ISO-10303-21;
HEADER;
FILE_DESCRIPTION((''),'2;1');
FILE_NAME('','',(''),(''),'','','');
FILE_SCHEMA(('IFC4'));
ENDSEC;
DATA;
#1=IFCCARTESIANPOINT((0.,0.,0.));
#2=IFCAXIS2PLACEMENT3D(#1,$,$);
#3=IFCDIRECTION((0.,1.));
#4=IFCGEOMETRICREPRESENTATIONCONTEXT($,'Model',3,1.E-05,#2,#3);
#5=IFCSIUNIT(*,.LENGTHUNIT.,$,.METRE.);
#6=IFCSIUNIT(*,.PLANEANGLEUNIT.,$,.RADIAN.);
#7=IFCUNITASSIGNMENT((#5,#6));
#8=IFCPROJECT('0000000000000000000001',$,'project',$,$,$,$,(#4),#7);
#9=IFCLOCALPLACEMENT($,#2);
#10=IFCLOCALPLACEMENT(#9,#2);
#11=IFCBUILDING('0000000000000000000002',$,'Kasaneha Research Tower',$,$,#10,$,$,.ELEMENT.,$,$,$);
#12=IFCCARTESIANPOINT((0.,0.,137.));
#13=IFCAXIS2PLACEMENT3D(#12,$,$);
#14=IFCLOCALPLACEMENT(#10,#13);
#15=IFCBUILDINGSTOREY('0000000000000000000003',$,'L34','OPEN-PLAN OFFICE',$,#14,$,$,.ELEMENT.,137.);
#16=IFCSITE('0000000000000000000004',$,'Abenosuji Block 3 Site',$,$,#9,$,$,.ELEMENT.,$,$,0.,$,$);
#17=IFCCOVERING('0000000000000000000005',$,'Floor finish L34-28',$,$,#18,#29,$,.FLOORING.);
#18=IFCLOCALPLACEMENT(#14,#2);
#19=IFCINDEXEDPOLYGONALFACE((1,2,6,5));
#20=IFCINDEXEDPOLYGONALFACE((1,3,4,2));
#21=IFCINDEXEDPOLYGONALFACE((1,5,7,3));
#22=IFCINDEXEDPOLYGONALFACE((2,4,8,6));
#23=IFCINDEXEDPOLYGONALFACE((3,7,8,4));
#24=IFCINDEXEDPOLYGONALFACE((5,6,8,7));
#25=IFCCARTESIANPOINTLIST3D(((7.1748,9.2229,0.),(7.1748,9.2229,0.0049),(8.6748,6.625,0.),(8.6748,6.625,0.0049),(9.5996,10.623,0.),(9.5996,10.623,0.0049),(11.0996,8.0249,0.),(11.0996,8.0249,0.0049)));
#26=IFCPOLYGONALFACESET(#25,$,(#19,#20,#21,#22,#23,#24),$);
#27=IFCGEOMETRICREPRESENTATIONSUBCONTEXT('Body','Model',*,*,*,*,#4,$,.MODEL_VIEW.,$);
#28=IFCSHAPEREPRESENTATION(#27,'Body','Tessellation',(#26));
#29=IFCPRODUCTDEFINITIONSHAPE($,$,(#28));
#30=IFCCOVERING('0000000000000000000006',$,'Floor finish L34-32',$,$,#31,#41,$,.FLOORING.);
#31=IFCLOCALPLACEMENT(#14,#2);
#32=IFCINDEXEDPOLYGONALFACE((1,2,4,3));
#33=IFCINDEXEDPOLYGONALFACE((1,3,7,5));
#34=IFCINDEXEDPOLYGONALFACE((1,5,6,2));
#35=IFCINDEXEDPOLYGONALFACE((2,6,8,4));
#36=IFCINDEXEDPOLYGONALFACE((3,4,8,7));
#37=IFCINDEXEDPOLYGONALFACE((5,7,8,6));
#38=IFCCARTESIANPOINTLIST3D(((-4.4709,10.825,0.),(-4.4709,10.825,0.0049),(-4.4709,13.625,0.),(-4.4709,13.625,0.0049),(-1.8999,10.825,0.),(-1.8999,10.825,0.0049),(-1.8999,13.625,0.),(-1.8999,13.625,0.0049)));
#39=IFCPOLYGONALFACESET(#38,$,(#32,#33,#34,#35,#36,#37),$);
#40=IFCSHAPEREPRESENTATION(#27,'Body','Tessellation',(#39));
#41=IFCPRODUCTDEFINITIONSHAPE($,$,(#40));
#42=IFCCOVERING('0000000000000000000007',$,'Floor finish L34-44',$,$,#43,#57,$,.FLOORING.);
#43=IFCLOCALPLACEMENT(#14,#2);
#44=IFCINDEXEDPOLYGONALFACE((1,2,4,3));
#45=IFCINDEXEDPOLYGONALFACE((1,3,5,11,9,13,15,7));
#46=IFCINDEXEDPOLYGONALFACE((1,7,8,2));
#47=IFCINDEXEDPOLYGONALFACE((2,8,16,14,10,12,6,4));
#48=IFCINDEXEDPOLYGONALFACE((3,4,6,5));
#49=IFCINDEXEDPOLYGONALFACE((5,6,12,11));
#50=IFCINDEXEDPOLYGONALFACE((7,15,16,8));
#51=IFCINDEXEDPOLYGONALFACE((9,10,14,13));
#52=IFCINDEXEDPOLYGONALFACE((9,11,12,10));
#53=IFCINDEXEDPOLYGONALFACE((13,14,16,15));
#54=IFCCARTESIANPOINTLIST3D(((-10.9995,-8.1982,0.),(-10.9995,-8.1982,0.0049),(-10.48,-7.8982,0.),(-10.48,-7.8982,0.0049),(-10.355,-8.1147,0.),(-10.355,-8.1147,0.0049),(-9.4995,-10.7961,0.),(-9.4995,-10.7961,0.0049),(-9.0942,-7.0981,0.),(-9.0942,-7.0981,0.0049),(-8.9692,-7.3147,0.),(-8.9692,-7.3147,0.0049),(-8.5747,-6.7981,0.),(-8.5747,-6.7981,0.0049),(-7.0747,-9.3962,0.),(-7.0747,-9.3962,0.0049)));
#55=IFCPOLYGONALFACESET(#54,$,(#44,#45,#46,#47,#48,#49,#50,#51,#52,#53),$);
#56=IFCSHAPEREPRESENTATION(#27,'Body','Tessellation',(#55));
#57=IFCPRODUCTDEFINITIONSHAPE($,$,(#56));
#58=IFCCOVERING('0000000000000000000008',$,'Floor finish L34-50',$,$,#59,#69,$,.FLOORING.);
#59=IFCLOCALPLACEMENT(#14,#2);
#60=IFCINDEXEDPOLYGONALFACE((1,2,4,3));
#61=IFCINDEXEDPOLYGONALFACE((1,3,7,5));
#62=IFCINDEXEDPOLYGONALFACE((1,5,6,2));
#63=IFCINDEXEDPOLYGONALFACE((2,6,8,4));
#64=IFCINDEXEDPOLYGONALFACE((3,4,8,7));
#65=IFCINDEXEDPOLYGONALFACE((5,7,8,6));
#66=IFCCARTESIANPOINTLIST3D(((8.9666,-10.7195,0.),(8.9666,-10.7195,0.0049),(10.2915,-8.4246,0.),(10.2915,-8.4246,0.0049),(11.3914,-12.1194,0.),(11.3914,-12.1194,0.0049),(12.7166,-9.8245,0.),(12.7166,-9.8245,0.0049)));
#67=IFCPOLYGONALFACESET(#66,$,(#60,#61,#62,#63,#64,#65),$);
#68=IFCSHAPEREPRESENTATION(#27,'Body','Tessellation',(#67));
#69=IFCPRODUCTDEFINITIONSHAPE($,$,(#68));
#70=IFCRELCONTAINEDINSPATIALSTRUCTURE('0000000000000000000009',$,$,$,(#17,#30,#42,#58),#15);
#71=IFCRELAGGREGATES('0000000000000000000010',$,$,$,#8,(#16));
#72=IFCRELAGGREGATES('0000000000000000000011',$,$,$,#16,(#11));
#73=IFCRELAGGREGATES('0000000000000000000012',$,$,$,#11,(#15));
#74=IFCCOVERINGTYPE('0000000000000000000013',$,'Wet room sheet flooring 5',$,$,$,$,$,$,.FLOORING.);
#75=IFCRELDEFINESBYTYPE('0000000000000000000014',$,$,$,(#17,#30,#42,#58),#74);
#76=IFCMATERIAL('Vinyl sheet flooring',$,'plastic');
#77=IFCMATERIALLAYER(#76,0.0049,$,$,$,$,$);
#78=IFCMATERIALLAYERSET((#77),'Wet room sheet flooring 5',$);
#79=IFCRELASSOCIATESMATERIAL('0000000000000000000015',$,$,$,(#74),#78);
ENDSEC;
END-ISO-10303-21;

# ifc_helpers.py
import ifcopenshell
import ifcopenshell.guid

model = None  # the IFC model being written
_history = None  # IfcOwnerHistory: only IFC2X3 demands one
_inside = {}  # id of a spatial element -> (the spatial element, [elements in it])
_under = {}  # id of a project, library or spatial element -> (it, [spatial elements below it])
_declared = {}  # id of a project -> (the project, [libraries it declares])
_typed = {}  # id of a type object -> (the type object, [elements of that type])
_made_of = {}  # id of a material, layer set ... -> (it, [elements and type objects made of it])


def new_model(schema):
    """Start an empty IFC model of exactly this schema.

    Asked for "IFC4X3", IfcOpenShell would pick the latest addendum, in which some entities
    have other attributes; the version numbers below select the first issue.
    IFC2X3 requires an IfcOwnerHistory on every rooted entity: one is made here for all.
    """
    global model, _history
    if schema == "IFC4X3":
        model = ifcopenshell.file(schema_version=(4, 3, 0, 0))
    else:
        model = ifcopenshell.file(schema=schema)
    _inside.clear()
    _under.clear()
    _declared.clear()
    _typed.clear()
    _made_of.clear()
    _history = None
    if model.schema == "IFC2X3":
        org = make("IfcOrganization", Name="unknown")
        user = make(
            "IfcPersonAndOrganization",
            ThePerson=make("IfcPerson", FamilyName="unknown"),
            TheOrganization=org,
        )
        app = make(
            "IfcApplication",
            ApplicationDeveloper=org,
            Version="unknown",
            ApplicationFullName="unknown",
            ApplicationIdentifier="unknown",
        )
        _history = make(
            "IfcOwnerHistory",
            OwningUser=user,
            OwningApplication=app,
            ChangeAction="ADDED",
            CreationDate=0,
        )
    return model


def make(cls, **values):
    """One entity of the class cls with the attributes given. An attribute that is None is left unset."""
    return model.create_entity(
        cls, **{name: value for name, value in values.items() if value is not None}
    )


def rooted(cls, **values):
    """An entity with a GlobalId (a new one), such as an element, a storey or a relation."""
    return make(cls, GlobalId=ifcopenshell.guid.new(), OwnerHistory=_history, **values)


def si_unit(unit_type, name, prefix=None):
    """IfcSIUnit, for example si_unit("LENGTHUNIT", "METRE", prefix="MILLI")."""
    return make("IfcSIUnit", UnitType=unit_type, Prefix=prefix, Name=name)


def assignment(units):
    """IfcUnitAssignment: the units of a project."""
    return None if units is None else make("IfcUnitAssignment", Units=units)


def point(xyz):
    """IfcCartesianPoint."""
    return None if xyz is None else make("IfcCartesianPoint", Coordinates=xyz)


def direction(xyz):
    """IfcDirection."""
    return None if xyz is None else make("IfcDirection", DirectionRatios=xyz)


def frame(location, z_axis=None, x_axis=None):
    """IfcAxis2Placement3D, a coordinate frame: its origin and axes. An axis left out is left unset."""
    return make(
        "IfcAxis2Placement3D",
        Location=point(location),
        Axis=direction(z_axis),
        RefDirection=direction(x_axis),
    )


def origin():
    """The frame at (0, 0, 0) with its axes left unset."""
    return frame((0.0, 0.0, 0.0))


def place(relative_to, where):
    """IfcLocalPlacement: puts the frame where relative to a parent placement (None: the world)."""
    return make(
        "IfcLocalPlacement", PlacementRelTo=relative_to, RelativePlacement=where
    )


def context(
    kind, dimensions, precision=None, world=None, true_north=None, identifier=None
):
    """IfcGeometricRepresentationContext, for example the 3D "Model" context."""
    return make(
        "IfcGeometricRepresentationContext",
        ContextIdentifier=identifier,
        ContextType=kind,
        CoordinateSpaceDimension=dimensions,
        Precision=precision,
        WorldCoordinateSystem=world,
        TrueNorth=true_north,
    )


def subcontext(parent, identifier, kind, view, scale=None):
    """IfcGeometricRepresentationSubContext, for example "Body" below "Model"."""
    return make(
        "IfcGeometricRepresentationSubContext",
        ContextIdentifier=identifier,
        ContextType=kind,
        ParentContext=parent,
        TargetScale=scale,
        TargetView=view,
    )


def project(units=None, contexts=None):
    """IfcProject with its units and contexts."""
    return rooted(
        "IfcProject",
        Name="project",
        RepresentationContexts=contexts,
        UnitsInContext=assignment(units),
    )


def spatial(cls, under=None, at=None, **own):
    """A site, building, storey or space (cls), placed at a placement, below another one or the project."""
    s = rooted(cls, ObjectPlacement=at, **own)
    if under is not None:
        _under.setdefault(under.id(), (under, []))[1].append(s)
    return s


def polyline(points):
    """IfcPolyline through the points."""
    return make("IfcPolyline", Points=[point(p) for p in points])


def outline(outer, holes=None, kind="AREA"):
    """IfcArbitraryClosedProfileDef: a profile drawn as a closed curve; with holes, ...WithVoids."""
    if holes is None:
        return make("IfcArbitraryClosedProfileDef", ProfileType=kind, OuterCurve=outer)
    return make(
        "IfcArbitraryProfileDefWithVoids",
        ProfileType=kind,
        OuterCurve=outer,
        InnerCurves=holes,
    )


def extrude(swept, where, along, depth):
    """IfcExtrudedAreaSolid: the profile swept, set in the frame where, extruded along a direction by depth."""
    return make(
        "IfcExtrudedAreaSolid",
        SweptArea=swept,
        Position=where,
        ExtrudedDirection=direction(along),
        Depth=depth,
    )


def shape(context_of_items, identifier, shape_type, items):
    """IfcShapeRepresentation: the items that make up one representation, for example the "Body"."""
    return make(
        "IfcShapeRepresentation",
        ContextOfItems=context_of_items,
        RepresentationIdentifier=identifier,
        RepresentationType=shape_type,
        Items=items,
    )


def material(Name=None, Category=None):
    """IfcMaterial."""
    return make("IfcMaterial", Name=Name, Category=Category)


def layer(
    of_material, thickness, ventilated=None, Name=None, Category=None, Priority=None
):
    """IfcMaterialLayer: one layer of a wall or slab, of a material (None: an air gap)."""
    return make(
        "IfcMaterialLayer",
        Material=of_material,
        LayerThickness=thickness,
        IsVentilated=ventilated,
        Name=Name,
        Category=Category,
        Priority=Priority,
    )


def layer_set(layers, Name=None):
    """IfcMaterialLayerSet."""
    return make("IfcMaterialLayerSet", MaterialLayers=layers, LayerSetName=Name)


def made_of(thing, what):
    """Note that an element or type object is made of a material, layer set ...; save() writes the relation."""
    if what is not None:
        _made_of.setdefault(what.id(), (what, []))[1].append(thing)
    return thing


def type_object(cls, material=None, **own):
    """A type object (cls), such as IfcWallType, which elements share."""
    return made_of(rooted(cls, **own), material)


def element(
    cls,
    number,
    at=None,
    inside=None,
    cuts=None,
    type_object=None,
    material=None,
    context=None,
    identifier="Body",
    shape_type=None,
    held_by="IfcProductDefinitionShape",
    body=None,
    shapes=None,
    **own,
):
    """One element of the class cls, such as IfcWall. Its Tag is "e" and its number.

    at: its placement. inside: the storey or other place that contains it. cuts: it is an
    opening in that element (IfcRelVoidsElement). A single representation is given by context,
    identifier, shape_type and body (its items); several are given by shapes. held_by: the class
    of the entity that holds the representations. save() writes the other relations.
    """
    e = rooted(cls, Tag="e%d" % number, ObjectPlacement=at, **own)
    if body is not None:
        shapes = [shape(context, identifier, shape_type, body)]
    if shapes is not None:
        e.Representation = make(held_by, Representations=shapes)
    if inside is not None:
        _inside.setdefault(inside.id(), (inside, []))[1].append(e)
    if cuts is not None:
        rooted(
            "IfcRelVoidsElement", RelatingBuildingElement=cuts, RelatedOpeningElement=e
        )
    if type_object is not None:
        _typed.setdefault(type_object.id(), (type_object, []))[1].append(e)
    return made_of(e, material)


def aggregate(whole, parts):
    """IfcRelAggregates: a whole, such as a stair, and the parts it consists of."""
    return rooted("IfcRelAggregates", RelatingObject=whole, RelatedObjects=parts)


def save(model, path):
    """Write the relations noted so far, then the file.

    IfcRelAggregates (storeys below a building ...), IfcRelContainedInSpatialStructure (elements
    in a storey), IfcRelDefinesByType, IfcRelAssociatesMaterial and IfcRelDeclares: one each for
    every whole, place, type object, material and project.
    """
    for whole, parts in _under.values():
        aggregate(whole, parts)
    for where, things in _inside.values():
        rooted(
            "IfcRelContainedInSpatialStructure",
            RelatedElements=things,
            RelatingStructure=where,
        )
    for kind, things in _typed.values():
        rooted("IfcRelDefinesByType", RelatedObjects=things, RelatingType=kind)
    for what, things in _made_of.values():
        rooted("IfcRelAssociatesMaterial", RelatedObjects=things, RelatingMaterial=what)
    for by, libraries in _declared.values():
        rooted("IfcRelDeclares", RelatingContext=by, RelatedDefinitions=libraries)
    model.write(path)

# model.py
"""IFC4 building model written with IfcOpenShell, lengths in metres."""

from ifc_helpers import new_model, si_unit, direction, frame, origin, place, context, subcontext, project, spatial, polyline, outline, extrude, material, layer, layer_set, type_object, element, save


model = new_model("IFC4")

# Units and contexts
model_context = context("Model", 3, precision=1e-05, world=origin(), true_north=direction((0.0, 1.0)))
body_context = subcontext(model_context, "Body", "Model", "MODEL_VIEW")
ifc_project = project(units=[si_unit("LENGTHUNIT", "METRE"), si_unit("PLANEANGLEUNIT", "RADIAN")], contexts=[model_context])

# Site, building, storey
site_placement = place(None, origin())
site = spatial("IfcSite", under=ifc_project, at=site_placement, Name="Abenosuji Block 3 Site", CompositionType="ELEMENT", RefElevation=0.0)
building_placement = place(site_placement, origin())
building = spatial("IfcBuilding", under=site, at=building_placement, Name="Kasaneha Research Tower", CompositionType="ELEMENT")
storey_placement = place(building_placement, frame((0.0, 0.0, 137.0)))
storey = spatial("IfcBuildingStorey", under=building, at=storey_placement, Name="L34", Description="OPEN-PLAN OFFICE", CompositionType="ELEMENT", Elevation=137.0)

# Coverings
ifc_material_1 = material(Name="Vinyl sheet flooring", Category="plastic")
ifc_layer_1 = layer(ifc_material_1, 0.0049)
ifc_layer_set_1 = layer_set([ifc_layer_1], Name="Wet room sheet flooring 5")
covering_type_1 = type_object("IfcCoveringType", Name="Wet room sheet flooring 5", PredefinedType="FLOORING", material=ifc_layer_set_1)
covering_1_placement = place(storey_placement, origin())
element("IfcCovering", 1, at=covering_1_placement, inside=storey, type_object=covering_type_1, Name="Floor finish L34-28", PredefinedType="FLOORING", context=body_context, shape_type="SweptSolid", body=[
    extrude(outline(polyline([(11.0996, 8.0249), (8.6748, 6.625), (7.1748, 9.2229), (9.5996, 10.623), (11.0996, 8.0249)])), origin(), (0.0, 0.0, 1.0), 0.0049),
])
covering_2_placement = place(storey_placement, origin())
element("IfcCovering", 2, at=covering_2_placement, inside=storey, type_object=covering_type_1, Name="Floor finish L34-32", PredefinedType="FLOORING", context=body_context, shape_type="SweptSolid", body=[
    extrude(outline(polyline([(-1.8999, 13.625), (-1.8999, 10.825), (-4.4709, 10.825), (-4.4709, 13.625), (-1.8999, 13.625)])), origin(), (0.0, 0.0, 1.0), 0.0049),
])
covering_3_placement = place(storey_placement, origin())
element("IfcCovering", 3, at=covering_3_placement, inside=storey, type_object=covering_type_1, Name="Floor finish L34-44", PredefinedType="FLOORING", context=body_context, shape_type="SweptSolid", body=[
    extrude(outline(polyline([(-10.9995, -8.1982), (-10.48, -7.8982), (-10.355, -8.1147), (-8.9692, -7.3147), (-9.0942, -7.0981), (-8.5747, -6.7981), (-7.0747, -9.3962), (-9.4995, -10.7961), (-10.9995, -8.1982)])), origin(), (0.0, 0.0, 1.0), 0.0049),
])
covering_4_placement = place(storey_placement, origin())
element("IfcCovering", 4, at=covering_4_placement, inside=storey, type_object=covering_type_1, Name="Floor finish L34-50", PredefinedType="FLOORING", context=body_context, shape_type="SweptSolid", body=[
    extrude(outline(polyline([(11.3914, -12.1194), (8.9666, -10.7195), (10.2915, -8.4246), (12.7166, -9.8245), (11.3914, -12.1194)])), origin(), (0.0, 0.0, 1.0), 0.0049),
])

save(model, "model.ifc")
